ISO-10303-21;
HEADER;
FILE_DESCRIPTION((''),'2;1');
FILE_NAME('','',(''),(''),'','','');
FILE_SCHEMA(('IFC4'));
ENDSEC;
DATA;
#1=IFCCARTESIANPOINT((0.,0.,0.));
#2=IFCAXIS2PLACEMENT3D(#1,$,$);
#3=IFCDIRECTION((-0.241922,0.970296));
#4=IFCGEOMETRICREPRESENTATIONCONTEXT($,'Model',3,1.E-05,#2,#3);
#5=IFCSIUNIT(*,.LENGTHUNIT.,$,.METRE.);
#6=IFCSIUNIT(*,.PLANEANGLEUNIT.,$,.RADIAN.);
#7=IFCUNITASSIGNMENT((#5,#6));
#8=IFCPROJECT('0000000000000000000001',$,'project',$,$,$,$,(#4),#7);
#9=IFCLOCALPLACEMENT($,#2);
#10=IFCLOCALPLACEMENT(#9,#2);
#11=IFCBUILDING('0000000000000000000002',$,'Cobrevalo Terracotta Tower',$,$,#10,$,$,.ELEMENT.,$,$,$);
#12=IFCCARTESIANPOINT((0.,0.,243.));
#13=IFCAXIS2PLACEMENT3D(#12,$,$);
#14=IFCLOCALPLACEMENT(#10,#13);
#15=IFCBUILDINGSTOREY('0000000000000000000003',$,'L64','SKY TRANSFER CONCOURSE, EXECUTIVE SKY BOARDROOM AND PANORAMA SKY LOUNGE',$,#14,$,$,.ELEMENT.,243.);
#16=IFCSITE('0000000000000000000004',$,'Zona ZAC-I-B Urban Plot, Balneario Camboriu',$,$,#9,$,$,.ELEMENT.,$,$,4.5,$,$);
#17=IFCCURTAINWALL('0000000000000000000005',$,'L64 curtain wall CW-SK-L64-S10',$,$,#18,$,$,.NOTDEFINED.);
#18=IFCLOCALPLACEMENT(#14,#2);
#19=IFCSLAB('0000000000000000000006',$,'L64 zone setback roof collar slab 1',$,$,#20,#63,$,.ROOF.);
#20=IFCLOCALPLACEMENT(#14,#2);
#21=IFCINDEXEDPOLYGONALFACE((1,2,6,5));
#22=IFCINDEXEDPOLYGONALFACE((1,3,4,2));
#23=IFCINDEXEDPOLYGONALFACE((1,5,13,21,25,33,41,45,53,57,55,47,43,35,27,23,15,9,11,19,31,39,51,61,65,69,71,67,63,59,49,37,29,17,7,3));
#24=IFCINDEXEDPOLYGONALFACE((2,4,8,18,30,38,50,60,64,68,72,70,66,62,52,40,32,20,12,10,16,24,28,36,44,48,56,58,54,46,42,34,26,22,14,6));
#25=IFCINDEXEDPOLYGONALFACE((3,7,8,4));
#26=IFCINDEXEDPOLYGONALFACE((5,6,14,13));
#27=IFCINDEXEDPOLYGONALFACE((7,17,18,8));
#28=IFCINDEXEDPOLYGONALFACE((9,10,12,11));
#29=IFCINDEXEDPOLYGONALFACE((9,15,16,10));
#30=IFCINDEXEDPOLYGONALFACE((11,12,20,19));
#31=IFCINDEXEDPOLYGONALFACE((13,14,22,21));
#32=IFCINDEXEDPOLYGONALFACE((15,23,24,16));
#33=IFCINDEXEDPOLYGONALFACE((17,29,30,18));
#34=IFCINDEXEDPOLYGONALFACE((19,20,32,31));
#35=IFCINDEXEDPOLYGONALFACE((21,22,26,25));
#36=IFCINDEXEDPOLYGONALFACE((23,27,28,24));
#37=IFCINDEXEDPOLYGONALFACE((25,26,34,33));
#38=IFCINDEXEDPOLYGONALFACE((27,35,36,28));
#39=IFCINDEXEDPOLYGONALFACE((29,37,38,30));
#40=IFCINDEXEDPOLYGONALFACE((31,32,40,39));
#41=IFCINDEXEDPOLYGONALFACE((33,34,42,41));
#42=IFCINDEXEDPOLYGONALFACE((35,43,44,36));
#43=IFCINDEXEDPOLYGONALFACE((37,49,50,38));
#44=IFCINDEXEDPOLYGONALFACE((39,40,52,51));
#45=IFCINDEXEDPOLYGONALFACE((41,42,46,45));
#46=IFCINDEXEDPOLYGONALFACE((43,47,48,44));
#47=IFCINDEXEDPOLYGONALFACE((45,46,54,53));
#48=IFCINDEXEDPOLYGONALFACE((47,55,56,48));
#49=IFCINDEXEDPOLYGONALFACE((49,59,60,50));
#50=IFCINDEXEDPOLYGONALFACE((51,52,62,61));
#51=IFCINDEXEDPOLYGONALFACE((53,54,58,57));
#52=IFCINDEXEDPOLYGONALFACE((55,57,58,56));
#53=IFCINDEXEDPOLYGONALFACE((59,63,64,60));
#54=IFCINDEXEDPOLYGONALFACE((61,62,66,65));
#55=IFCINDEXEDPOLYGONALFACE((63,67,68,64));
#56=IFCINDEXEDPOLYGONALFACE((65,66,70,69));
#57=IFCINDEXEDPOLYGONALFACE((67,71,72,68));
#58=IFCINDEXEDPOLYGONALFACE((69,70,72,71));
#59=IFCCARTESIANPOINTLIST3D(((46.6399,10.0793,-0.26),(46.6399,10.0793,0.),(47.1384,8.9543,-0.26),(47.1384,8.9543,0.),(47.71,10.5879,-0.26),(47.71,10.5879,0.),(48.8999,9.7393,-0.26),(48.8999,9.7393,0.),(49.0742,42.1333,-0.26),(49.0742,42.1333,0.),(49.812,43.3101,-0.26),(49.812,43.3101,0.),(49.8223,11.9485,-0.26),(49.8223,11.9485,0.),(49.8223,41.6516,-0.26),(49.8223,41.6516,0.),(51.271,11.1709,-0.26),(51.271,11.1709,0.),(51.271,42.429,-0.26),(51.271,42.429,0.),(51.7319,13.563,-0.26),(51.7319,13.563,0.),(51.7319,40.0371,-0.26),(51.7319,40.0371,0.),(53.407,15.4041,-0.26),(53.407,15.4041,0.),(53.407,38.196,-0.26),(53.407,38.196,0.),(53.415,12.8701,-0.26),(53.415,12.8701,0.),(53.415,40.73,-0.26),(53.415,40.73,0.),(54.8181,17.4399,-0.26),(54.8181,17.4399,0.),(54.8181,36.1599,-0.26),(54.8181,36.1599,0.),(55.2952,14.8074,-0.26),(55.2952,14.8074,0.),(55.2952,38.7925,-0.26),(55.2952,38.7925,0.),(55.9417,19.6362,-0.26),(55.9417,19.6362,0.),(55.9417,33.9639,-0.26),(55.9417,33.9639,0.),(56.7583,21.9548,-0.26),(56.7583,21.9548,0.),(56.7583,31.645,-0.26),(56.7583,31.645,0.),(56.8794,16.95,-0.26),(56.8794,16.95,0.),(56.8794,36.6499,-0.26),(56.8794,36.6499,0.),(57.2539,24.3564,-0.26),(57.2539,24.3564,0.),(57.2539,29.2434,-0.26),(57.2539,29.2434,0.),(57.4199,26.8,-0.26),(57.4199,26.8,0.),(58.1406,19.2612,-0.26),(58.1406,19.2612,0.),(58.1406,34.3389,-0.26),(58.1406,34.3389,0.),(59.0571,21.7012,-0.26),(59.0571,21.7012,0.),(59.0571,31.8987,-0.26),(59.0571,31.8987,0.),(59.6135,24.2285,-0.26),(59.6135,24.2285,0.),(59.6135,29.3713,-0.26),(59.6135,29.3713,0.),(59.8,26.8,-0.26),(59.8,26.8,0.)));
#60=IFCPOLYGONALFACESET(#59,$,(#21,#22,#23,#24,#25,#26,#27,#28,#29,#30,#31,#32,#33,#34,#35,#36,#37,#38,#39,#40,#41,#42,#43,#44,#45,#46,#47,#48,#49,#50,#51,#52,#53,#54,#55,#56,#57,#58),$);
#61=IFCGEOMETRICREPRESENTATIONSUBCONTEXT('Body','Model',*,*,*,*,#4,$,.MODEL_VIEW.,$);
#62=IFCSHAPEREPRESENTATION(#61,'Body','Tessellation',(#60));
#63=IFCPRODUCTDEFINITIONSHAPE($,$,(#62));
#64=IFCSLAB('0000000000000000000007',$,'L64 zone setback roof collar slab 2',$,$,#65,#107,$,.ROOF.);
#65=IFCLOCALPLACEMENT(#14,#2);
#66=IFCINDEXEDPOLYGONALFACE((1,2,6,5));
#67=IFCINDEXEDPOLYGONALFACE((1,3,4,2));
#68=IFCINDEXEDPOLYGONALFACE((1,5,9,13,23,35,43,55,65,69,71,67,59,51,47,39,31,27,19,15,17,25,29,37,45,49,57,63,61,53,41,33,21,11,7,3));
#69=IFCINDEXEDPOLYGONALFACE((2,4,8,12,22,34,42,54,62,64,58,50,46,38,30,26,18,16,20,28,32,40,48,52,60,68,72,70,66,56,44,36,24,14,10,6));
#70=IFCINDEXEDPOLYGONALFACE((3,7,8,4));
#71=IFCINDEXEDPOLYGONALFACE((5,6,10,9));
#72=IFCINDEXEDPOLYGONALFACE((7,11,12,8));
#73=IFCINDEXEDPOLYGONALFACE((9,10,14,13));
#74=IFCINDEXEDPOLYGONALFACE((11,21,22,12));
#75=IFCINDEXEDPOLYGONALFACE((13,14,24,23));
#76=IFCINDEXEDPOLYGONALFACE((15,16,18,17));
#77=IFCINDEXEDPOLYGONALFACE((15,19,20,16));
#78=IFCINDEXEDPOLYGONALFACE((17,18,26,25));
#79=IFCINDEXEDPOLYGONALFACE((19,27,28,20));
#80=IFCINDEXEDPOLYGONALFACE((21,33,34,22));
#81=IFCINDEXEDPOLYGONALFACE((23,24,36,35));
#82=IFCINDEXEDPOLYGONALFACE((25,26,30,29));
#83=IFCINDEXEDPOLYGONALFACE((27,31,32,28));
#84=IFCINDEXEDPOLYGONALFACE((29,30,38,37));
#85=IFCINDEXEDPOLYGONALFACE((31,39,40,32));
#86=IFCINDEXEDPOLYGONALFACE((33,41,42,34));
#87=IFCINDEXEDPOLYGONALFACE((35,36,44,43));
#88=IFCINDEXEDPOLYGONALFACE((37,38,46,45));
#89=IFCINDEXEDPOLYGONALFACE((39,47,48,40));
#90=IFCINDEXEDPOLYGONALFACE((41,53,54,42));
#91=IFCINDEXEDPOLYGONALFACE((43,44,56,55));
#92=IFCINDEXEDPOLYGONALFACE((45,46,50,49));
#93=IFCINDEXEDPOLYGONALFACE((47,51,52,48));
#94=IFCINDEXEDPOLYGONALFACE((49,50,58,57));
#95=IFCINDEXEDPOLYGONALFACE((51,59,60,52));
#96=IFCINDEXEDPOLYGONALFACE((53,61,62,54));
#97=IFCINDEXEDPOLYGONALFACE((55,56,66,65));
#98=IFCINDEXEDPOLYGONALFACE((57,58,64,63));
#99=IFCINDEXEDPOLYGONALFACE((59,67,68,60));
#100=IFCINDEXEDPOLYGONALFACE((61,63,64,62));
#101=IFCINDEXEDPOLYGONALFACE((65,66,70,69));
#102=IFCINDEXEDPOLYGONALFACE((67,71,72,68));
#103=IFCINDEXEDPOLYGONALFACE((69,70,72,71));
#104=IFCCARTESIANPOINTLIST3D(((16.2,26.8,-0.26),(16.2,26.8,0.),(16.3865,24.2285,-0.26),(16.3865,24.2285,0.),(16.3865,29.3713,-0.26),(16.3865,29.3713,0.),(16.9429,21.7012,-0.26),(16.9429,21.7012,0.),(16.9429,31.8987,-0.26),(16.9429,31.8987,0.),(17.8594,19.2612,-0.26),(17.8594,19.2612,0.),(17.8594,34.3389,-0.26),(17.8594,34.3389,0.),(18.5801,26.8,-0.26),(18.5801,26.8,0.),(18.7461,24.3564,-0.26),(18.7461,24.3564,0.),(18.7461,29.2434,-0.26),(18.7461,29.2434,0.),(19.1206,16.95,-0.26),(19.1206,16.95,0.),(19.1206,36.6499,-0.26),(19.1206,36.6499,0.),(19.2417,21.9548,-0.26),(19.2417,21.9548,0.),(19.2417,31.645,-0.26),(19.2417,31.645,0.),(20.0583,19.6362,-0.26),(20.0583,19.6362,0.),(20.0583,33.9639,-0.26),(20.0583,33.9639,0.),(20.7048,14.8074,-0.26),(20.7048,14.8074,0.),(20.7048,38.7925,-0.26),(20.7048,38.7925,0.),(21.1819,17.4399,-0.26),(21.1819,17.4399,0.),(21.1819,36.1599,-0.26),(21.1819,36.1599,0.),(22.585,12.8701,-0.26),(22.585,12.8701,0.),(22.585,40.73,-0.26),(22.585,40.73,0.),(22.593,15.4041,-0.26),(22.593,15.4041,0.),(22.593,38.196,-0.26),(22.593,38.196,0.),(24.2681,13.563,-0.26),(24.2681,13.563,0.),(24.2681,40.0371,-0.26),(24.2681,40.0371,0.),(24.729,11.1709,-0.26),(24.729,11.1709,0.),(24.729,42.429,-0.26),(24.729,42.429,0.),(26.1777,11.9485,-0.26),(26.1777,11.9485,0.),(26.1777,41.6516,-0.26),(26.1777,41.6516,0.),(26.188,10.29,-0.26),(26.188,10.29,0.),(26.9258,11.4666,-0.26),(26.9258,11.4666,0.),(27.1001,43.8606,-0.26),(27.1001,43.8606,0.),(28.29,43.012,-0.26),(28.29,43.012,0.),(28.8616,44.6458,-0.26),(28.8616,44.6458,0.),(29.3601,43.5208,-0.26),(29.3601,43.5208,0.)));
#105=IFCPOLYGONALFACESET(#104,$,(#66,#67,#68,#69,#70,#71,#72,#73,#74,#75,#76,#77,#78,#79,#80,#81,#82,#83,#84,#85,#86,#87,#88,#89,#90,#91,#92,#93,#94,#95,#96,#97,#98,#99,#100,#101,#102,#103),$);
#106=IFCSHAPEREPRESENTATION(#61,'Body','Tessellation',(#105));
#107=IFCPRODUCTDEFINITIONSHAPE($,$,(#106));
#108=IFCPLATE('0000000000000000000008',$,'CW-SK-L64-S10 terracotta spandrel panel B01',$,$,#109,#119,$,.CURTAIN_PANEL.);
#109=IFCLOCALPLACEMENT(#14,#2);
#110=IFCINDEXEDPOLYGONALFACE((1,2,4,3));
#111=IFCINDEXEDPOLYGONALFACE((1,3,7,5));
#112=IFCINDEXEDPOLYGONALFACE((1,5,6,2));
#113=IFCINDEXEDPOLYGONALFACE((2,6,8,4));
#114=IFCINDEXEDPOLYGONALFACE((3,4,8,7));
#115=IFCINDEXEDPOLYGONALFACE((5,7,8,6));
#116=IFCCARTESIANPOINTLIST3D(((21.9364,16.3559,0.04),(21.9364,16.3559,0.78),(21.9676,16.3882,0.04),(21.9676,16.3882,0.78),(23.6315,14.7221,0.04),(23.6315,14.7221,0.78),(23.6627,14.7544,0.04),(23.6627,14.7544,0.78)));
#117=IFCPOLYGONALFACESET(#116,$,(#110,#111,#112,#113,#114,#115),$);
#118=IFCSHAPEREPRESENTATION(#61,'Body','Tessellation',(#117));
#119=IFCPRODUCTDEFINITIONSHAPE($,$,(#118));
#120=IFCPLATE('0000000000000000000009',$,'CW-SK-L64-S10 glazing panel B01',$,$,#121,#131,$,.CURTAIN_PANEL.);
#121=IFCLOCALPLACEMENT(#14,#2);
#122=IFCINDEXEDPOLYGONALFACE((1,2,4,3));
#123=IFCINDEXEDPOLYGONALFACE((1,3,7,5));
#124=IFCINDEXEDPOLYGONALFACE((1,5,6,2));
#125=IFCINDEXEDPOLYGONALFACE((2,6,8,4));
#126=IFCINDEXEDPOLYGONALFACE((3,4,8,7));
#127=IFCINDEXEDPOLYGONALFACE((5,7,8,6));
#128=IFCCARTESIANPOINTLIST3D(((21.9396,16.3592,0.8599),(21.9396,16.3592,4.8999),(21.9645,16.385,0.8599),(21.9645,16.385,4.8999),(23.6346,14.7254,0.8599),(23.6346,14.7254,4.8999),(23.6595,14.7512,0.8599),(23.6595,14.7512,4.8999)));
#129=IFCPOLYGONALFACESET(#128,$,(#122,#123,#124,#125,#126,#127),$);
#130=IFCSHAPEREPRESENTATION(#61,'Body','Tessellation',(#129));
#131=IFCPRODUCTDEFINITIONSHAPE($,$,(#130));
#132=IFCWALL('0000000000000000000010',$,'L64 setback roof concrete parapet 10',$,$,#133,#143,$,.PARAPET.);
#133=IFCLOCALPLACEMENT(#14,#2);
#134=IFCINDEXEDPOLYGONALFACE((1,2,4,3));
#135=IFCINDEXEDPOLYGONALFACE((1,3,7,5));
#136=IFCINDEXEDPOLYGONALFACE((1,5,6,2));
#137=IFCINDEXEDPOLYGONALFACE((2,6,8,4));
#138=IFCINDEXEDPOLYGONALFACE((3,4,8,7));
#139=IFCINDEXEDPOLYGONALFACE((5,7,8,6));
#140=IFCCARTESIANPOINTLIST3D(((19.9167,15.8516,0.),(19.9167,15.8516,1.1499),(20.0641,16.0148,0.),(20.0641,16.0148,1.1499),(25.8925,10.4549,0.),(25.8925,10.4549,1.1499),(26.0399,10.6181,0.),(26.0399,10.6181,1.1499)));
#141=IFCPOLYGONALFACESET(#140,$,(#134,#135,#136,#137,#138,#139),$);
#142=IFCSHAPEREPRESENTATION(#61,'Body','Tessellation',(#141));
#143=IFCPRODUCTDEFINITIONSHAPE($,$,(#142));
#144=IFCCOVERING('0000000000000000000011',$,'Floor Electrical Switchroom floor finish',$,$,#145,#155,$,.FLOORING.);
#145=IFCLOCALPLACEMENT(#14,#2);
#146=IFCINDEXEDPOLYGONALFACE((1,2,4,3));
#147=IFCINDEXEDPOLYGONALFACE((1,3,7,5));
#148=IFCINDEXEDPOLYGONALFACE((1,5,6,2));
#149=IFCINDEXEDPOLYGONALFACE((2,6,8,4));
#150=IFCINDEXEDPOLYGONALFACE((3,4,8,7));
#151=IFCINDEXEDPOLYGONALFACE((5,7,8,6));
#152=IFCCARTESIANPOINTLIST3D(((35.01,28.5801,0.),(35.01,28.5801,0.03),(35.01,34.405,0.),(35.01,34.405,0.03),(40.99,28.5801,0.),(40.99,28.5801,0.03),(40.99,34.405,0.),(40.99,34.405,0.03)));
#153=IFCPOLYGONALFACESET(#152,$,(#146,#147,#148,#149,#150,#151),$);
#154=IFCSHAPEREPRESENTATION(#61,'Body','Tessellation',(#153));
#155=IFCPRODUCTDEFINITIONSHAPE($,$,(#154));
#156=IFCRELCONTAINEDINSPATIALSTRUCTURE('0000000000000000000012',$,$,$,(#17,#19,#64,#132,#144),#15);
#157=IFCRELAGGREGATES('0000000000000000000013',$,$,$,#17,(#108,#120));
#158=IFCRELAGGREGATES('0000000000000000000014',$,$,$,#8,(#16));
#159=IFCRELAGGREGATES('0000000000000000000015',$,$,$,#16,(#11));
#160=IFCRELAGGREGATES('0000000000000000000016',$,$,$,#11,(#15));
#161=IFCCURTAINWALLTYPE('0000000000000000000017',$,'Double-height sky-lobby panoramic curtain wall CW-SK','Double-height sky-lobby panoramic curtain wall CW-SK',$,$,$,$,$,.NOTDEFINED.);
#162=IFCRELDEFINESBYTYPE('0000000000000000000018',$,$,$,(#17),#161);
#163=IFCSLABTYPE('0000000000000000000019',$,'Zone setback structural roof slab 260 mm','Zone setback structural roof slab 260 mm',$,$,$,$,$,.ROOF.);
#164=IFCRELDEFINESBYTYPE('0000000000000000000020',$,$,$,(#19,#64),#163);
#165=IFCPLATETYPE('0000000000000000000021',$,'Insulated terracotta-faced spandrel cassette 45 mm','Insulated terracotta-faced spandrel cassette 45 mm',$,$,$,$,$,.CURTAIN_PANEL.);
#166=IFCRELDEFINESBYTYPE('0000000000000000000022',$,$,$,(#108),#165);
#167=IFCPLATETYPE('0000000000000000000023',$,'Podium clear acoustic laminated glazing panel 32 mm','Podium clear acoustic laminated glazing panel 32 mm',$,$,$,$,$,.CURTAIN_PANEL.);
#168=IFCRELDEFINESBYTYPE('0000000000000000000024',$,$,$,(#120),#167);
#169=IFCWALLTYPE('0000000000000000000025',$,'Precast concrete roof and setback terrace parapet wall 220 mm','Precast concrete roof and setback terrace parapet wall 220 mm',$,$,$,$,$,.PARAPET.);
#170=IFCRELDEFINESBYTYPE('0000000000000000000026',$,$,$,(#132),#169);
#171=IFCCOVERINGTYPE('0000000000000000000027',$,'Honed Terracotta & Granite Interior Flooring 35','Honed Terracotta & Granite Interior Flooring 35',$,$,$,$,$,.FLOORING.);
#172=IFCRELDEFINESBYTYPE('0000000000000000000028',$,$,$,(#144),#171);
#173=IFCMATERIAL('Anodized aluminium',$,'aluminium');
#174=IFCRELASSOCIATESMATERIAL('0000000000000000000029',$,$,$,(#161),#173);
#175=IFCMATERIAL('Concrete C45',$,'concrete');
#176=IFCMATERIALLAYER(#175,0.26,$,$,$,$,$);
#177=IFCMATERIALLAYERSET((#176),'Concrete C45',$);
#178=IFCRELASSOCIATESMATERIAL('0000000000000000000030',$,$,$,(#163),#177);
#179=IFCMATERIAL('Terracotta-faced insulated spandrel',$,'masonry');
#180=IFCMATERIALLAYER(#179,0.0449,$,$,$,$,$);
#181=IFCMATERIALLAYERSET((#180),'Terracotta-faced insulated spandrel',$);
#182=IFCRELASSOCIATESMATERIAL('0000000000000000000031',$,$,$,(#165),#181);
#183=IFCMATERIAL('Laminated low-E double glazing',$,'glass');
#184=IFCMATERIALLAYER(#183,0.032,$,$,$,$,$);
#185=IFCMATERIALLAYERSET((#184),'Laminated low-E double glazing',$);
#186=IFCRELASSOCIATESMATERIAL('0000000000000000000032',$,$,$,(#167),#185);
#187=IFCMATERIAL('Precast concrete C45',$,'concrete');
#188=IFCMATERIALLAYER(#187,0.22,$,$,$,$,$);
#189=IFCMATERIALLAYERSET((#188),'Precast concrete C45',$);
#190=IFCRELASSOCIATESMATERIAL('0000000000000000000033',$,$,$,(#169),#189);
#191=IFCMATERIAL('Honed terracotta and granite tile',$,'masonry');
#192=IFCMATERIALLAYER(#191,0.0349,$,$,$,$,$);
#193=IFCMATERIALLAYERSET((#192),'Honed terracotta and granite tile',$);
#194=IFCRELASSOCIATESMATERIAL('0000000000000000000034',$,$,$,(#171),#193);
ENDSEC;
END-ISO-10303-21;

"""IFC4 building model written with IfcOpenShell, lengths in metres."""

from ifc_helpers import new_model, si_unit, direction, frame, frame_2d, origin, origin_2d, place, context, subcontext, project, spatial, polyline, rectangle, outline, extrude, source, transform, mapped, material, layer, layer_set, type_object, element, aggregate, save


model = new_model("IFC4")

# Units and contexts
model_context = context("Model", 3, precision=1e-05, world=origin(), true_north=direction((-0.241922, 0.970296)))
body_context = subcontext(model_context, "Body", "Model", "MODEL_VIEW")
ifc_project = project(units=[si_unit("LENGTHUNIT", "METRE"), si_unit("PLANEANGLEUNIT", "RADIAN")], contexts=[model_context])

# Site, building, storey
site_placement = place(None, origin())
site = spatial("IfcSite", under=ifc_project, at=site_placement, Name="Zona ZAC-I-B Urban Plot, Balneario Camboriu", CompositionType="ELEMENT", RefElevation=4.5)
building_placement = place(site_placement, origin())
building = spatial("IfcBuilding", under=site, at=building_placement, Name="Cobrevalo Terracotta Tower", CompositionType="ELEMENT")
storey_placement = place(building_placement, frame((0.0, 0.0, 243.0)))
storey = spatial("IfcBuildingStorey", under=building, at=storey_placement, Name="L64", Description="SKY TRANSFER CONCOURSE, EXECUTIVE SKY BOARDROOM AND PANORAMA SKY LOUNGE", CompositionType="ELEMENT", Elevation=243.0)

# Curtain wall
ifc_material_1 = material(Name="Anodized aluminium", Category="aluminium")
curtain_wall_type = type_object("IfcCurtainWallType", Name="Double-height sky-lobby panoramic curtain wall CW-SK", Description="Double-height sky-lobby panoramic curtain wall CW-SK", PredefinedType="NOTDEFINED", material=ifc_material_1)
curtain_wall_placement = place(storey_placement, origin())
curtain_wall = element("IfcCurtainWall", 1, at=curtain_wall_placement, inside=storey, type_object=curtain_wall_type, Name="L64 curtain wall CW-SK-L64-S10", PredefinedType="NOTDEFINED")

# Slabs
ifc_material_2 = material(Name="Concrete C45", Category="concrete")
ifc_material_3 = material(Name="Precast concrete C45", Category="concrete")
ifc_layer_1 = layer(ifc_material_2, 0.26)
ifc_layer_set_1 = layer_set([ifc_layer_1], Name="Concrete C45")
slab_type_1 = type_object("IfcSlabType", Name="Zone setback structural roof slab 260 mm", Description="Zone setback structural roof slab 260 mm", PredefinedType="ROOF", material=ifc_layer_set_1)
slab_1_placement = place(storey_placement, frame((0.0, 0.0, -0.26)))
element("IfcSlab", 2, at=slab_1_placement, inside=storey, type_object=slab_type_1, Name="L64 zone setback roof collar slab 1", PredefinedType="ROOF", context=body_context, shape_type="SweptSolid", body=[
    extrude(outline(polyline([(59.0571, 21.7012), (58.1406, 19.2612), (56.8794, 16.95), (55.2952, 14.8074), (53.415, 12.8701), (51.271, 11.1709), (48.8999, 9.7393), (47.1384, 8.9543), (46.6399, 10.0793), (47.71, 10.5879), (49.8223, 11.9485), (51.7319, 13.563), (53.407, 15.4041), (54.8181, 17.4399), (55.9417, 19.6362), (56.7583, 21.9548), (57.2539, 24.3564), (57.4199, 26.8), (57.2539, 29.2434), (56.7583, 31.645), (55.9417, 33.9639), (54.8181, 36.1599), (53.407, 38.196), (51.7319, 40.0371), (49.8223, 41.6516), (49.0742, 42.1333), (49.812, 43.3101), (51.271, 42.429), (53.415, 40.73), (55.2952, 38.7925), (56.8794, 36.6499), (58.1406, 34.3389), (59.0571, 31.8987), (59.6135, 29.3713), (59.8, 26.8), (59.6135, 24.2285), (59.0571, 21.7012)])), origin(), (0.0, 0.0, 1.0), 0.26),
])
slab_2_placement = place(storey_placement, frame((0.0, 0.0, -0.26)))
element("IfcSlab", 3, at=slab_2_placement, inside=storey, type_object=slab_type_1, Name="L64 zone setback roof collar slab 2", PredefinedType="ROOF", context=body_context, shape_type="SweptSolid", body=[
    extrude(outline(polyline([(24.729, 11.1709), (22.585, 12.8701), (20.7048, 14.8074), (19.1206, 16.95), (17.8594, 19.2612), (16.9429, 21.7012), (16.3865, 24.2285), (16.2, 26.8), (16.3865, 29.3713), (16.9429, 31.8987), (17.8594, 34.3389), (19.1206, 36.6499), (20.7048, 38.7925), (22.585, 40.73), (24.729, 42.429), (27.1001, 43.8606), (28.8616, 44.6458), (29.3601, 43.5208), (28.29, 43.012), (26.1777, 41.6516), (24.2681, 40.0371), (22.593, 38.196), (21.1819, 36.1599), (20.0583, 33.9639), (19.2417, 31.645), (18.7461, 29.2434), (18.5801, 26.8), (18.7461, 24.3564), (19.2417, 21.9548), (20.0583, 19.6362), (21.1819, 17.4399), (22.593, 15.4041), (24.2681, 13.563), (26.1777, 11.9485), (26.9258, 11.4666), (26.188, 10.29), (24.729, 11.1709)])), origin(), (0.0, 0.0, 1.0), 0.26),
])

# Plates
ifc_material_4 = material(Name="Terracotta-faced insulated spandrel", Category="masonry")
ifc_layer_2 = layer(ifc_material_4, 0.0449)
ifc_layer_set_2 = layer_set([ifc_layer_2], Name="Terracotta-faced insulated spandrel")
plate_type_1 = type_object("IfcPlateType", Name="Insulated terracotta-faced spandrel cassette 45 mm", Description="Insulated terracotta-faced spandrel cassette 45 mm", PredefinedType="CURTAIN_PANEL", material=ifc_layer_set_2)
shared_shape_1 = source(origin(), body_context, "Body", "SweptSolid", [
    extrude(rectangle(XDim=2.3542, YDim=0.0449, at=origin_2d()), origin(), (0.0, 0.0, 1.0), 0.74),
])
plate_1_placement = place(storey_placement, frame((22.7996, 15.5552, 0.04), z_axis=(0.0, 0.0, 1.0), x_axis=(0.719997, -0.693978, 0.0)))
plate_1 = element("IfcPlate", 4, at=plate_1_placement, type_object=plate_type_1, Name="CW-SK-L64-S10 terracotta spandrel panel B01", PredefinedType="CURTAIN_PANEL", context=body_context, shape_type="MappedRepresentation", body=[
    mapped(shared_shape_1, transform((0.0, 0.0, 0.0), scale=1.0)),
])
ifc_material_5 = material(Name="Laminated low-E double glazing", Category="glass")
ifc_layer_3 = layer(ifc_material_5, 0.032)
ifc_layer_set_3 = layer_set([ifc_layer_3], Name="Laminated low-E double glazing")
plate_type_2 = type_object("IfcPlateType", Name="Podium clear acoustic laminated glazing panel 32 mm", Description="Podium clear acoustic laminated glazing panel 32 mm", PredefinedType="CURTAIN_PANEL", material=ifc_layer_set_3)
shared_shape_2 = source(origin(), body_context, "Body", "SweptSolid", [
    extrude(rectangle(XDim=2.3542, YDim=0.0359, at=origin_2d()), origin(), (0.0, 0.0, 1.0), 4.04),
])
plate_2_placement = place(storey_placement, frame((22.7996, 15.5552, 0.8599), z_axis=(0.0, 0.0, 1.0), x_axis=(0.719997, -0.693978, 0.0)))
plate_2 = element("IfcPlate", 5, at=plate_2_placement, type_object=plate_type_2, Name="CW-SK-L64-S10 glazing panel B01", PredefinedType="CURTAIN_PANEL", context=body_context, shape_type="MappedRepresentation", body=[
    mapped(shared_shape_2, transform((0.0, 0.0, 0.0), scale=1.0)),
])
aggregate(curtain_wall, [plate_1, plate_2])

# Wall
ifc_layer_4 = layer(ifc_material_3, 0.22)
ifc_layer_set_4 = layer_set([ifc_layer_4], Name="Precast concrete C45")
wall_type = type_object("IfcWallType", Name="Precast concrete roof and setback terrace parapet wall 220 mm", Description="Precast concrete roof and setback terrace parapet wall 220 mm", PredefinedType="PARAPET", material=ifc_layer_set_4)
wall_placement = place(storey_placement, frame((19.9905, 15.9331, 0.0), z_axis=(0.0, 0.0, 1.0), x_axis=(0.742152, -0.670232, 0.0)))
element("IfcWall", 6, at=wall_placement, inside=storey, type_object=wall_type, Name="L64 setback roof concrete parapet 10", PredefinedType="PARAPET", context=body_context, shape_type="SweptSolid", body=[
    extrude(rectangle(XDim=8.052, YDim=0.22, at=frame_2d((4.0259, 0.0))), origin(), (0.0, 0.0, 1.0), 1.1499),
])

# Covering
ifc_material_6 = material(Name="Honed terracotta and granite tile", Category="masonry")
ifc_layer_5 = layer(ifc_material_6, 0.0349)
ifc_layer_set_5 = layer_set([ifc_layer_5], Name="Honed terracotta and granite tile")
covering_type_1 = type_object("IfcCoveringType", Name="Honed Terracotta & Granite Interior Flooring 35", Description="Honed Terracotta & Granite Interior Flooring 35", PredefinedType="FLOORING", material=ifc_layer_set_5)
covering_1_placement = place(storey_placement, origin())
element("IfcCovering", 7, at=covering_1_placement, inside=storey, type_object=covering_type_1, Name="Floor Electrical Switchroom floor finish", PredefinedType="FLOORING", context=body_context, shape_type="SweptSolid", body=[
    extrude(outline(polyline([(35.01, 34.405), (40.99, 34.405), (40.99, 28.5801), (35.01, 28.5801), (35.01, 34.405)])), origin(), (0.0, 0.0, 1.0), 0.03),
])

save(model, "model.ifc")
